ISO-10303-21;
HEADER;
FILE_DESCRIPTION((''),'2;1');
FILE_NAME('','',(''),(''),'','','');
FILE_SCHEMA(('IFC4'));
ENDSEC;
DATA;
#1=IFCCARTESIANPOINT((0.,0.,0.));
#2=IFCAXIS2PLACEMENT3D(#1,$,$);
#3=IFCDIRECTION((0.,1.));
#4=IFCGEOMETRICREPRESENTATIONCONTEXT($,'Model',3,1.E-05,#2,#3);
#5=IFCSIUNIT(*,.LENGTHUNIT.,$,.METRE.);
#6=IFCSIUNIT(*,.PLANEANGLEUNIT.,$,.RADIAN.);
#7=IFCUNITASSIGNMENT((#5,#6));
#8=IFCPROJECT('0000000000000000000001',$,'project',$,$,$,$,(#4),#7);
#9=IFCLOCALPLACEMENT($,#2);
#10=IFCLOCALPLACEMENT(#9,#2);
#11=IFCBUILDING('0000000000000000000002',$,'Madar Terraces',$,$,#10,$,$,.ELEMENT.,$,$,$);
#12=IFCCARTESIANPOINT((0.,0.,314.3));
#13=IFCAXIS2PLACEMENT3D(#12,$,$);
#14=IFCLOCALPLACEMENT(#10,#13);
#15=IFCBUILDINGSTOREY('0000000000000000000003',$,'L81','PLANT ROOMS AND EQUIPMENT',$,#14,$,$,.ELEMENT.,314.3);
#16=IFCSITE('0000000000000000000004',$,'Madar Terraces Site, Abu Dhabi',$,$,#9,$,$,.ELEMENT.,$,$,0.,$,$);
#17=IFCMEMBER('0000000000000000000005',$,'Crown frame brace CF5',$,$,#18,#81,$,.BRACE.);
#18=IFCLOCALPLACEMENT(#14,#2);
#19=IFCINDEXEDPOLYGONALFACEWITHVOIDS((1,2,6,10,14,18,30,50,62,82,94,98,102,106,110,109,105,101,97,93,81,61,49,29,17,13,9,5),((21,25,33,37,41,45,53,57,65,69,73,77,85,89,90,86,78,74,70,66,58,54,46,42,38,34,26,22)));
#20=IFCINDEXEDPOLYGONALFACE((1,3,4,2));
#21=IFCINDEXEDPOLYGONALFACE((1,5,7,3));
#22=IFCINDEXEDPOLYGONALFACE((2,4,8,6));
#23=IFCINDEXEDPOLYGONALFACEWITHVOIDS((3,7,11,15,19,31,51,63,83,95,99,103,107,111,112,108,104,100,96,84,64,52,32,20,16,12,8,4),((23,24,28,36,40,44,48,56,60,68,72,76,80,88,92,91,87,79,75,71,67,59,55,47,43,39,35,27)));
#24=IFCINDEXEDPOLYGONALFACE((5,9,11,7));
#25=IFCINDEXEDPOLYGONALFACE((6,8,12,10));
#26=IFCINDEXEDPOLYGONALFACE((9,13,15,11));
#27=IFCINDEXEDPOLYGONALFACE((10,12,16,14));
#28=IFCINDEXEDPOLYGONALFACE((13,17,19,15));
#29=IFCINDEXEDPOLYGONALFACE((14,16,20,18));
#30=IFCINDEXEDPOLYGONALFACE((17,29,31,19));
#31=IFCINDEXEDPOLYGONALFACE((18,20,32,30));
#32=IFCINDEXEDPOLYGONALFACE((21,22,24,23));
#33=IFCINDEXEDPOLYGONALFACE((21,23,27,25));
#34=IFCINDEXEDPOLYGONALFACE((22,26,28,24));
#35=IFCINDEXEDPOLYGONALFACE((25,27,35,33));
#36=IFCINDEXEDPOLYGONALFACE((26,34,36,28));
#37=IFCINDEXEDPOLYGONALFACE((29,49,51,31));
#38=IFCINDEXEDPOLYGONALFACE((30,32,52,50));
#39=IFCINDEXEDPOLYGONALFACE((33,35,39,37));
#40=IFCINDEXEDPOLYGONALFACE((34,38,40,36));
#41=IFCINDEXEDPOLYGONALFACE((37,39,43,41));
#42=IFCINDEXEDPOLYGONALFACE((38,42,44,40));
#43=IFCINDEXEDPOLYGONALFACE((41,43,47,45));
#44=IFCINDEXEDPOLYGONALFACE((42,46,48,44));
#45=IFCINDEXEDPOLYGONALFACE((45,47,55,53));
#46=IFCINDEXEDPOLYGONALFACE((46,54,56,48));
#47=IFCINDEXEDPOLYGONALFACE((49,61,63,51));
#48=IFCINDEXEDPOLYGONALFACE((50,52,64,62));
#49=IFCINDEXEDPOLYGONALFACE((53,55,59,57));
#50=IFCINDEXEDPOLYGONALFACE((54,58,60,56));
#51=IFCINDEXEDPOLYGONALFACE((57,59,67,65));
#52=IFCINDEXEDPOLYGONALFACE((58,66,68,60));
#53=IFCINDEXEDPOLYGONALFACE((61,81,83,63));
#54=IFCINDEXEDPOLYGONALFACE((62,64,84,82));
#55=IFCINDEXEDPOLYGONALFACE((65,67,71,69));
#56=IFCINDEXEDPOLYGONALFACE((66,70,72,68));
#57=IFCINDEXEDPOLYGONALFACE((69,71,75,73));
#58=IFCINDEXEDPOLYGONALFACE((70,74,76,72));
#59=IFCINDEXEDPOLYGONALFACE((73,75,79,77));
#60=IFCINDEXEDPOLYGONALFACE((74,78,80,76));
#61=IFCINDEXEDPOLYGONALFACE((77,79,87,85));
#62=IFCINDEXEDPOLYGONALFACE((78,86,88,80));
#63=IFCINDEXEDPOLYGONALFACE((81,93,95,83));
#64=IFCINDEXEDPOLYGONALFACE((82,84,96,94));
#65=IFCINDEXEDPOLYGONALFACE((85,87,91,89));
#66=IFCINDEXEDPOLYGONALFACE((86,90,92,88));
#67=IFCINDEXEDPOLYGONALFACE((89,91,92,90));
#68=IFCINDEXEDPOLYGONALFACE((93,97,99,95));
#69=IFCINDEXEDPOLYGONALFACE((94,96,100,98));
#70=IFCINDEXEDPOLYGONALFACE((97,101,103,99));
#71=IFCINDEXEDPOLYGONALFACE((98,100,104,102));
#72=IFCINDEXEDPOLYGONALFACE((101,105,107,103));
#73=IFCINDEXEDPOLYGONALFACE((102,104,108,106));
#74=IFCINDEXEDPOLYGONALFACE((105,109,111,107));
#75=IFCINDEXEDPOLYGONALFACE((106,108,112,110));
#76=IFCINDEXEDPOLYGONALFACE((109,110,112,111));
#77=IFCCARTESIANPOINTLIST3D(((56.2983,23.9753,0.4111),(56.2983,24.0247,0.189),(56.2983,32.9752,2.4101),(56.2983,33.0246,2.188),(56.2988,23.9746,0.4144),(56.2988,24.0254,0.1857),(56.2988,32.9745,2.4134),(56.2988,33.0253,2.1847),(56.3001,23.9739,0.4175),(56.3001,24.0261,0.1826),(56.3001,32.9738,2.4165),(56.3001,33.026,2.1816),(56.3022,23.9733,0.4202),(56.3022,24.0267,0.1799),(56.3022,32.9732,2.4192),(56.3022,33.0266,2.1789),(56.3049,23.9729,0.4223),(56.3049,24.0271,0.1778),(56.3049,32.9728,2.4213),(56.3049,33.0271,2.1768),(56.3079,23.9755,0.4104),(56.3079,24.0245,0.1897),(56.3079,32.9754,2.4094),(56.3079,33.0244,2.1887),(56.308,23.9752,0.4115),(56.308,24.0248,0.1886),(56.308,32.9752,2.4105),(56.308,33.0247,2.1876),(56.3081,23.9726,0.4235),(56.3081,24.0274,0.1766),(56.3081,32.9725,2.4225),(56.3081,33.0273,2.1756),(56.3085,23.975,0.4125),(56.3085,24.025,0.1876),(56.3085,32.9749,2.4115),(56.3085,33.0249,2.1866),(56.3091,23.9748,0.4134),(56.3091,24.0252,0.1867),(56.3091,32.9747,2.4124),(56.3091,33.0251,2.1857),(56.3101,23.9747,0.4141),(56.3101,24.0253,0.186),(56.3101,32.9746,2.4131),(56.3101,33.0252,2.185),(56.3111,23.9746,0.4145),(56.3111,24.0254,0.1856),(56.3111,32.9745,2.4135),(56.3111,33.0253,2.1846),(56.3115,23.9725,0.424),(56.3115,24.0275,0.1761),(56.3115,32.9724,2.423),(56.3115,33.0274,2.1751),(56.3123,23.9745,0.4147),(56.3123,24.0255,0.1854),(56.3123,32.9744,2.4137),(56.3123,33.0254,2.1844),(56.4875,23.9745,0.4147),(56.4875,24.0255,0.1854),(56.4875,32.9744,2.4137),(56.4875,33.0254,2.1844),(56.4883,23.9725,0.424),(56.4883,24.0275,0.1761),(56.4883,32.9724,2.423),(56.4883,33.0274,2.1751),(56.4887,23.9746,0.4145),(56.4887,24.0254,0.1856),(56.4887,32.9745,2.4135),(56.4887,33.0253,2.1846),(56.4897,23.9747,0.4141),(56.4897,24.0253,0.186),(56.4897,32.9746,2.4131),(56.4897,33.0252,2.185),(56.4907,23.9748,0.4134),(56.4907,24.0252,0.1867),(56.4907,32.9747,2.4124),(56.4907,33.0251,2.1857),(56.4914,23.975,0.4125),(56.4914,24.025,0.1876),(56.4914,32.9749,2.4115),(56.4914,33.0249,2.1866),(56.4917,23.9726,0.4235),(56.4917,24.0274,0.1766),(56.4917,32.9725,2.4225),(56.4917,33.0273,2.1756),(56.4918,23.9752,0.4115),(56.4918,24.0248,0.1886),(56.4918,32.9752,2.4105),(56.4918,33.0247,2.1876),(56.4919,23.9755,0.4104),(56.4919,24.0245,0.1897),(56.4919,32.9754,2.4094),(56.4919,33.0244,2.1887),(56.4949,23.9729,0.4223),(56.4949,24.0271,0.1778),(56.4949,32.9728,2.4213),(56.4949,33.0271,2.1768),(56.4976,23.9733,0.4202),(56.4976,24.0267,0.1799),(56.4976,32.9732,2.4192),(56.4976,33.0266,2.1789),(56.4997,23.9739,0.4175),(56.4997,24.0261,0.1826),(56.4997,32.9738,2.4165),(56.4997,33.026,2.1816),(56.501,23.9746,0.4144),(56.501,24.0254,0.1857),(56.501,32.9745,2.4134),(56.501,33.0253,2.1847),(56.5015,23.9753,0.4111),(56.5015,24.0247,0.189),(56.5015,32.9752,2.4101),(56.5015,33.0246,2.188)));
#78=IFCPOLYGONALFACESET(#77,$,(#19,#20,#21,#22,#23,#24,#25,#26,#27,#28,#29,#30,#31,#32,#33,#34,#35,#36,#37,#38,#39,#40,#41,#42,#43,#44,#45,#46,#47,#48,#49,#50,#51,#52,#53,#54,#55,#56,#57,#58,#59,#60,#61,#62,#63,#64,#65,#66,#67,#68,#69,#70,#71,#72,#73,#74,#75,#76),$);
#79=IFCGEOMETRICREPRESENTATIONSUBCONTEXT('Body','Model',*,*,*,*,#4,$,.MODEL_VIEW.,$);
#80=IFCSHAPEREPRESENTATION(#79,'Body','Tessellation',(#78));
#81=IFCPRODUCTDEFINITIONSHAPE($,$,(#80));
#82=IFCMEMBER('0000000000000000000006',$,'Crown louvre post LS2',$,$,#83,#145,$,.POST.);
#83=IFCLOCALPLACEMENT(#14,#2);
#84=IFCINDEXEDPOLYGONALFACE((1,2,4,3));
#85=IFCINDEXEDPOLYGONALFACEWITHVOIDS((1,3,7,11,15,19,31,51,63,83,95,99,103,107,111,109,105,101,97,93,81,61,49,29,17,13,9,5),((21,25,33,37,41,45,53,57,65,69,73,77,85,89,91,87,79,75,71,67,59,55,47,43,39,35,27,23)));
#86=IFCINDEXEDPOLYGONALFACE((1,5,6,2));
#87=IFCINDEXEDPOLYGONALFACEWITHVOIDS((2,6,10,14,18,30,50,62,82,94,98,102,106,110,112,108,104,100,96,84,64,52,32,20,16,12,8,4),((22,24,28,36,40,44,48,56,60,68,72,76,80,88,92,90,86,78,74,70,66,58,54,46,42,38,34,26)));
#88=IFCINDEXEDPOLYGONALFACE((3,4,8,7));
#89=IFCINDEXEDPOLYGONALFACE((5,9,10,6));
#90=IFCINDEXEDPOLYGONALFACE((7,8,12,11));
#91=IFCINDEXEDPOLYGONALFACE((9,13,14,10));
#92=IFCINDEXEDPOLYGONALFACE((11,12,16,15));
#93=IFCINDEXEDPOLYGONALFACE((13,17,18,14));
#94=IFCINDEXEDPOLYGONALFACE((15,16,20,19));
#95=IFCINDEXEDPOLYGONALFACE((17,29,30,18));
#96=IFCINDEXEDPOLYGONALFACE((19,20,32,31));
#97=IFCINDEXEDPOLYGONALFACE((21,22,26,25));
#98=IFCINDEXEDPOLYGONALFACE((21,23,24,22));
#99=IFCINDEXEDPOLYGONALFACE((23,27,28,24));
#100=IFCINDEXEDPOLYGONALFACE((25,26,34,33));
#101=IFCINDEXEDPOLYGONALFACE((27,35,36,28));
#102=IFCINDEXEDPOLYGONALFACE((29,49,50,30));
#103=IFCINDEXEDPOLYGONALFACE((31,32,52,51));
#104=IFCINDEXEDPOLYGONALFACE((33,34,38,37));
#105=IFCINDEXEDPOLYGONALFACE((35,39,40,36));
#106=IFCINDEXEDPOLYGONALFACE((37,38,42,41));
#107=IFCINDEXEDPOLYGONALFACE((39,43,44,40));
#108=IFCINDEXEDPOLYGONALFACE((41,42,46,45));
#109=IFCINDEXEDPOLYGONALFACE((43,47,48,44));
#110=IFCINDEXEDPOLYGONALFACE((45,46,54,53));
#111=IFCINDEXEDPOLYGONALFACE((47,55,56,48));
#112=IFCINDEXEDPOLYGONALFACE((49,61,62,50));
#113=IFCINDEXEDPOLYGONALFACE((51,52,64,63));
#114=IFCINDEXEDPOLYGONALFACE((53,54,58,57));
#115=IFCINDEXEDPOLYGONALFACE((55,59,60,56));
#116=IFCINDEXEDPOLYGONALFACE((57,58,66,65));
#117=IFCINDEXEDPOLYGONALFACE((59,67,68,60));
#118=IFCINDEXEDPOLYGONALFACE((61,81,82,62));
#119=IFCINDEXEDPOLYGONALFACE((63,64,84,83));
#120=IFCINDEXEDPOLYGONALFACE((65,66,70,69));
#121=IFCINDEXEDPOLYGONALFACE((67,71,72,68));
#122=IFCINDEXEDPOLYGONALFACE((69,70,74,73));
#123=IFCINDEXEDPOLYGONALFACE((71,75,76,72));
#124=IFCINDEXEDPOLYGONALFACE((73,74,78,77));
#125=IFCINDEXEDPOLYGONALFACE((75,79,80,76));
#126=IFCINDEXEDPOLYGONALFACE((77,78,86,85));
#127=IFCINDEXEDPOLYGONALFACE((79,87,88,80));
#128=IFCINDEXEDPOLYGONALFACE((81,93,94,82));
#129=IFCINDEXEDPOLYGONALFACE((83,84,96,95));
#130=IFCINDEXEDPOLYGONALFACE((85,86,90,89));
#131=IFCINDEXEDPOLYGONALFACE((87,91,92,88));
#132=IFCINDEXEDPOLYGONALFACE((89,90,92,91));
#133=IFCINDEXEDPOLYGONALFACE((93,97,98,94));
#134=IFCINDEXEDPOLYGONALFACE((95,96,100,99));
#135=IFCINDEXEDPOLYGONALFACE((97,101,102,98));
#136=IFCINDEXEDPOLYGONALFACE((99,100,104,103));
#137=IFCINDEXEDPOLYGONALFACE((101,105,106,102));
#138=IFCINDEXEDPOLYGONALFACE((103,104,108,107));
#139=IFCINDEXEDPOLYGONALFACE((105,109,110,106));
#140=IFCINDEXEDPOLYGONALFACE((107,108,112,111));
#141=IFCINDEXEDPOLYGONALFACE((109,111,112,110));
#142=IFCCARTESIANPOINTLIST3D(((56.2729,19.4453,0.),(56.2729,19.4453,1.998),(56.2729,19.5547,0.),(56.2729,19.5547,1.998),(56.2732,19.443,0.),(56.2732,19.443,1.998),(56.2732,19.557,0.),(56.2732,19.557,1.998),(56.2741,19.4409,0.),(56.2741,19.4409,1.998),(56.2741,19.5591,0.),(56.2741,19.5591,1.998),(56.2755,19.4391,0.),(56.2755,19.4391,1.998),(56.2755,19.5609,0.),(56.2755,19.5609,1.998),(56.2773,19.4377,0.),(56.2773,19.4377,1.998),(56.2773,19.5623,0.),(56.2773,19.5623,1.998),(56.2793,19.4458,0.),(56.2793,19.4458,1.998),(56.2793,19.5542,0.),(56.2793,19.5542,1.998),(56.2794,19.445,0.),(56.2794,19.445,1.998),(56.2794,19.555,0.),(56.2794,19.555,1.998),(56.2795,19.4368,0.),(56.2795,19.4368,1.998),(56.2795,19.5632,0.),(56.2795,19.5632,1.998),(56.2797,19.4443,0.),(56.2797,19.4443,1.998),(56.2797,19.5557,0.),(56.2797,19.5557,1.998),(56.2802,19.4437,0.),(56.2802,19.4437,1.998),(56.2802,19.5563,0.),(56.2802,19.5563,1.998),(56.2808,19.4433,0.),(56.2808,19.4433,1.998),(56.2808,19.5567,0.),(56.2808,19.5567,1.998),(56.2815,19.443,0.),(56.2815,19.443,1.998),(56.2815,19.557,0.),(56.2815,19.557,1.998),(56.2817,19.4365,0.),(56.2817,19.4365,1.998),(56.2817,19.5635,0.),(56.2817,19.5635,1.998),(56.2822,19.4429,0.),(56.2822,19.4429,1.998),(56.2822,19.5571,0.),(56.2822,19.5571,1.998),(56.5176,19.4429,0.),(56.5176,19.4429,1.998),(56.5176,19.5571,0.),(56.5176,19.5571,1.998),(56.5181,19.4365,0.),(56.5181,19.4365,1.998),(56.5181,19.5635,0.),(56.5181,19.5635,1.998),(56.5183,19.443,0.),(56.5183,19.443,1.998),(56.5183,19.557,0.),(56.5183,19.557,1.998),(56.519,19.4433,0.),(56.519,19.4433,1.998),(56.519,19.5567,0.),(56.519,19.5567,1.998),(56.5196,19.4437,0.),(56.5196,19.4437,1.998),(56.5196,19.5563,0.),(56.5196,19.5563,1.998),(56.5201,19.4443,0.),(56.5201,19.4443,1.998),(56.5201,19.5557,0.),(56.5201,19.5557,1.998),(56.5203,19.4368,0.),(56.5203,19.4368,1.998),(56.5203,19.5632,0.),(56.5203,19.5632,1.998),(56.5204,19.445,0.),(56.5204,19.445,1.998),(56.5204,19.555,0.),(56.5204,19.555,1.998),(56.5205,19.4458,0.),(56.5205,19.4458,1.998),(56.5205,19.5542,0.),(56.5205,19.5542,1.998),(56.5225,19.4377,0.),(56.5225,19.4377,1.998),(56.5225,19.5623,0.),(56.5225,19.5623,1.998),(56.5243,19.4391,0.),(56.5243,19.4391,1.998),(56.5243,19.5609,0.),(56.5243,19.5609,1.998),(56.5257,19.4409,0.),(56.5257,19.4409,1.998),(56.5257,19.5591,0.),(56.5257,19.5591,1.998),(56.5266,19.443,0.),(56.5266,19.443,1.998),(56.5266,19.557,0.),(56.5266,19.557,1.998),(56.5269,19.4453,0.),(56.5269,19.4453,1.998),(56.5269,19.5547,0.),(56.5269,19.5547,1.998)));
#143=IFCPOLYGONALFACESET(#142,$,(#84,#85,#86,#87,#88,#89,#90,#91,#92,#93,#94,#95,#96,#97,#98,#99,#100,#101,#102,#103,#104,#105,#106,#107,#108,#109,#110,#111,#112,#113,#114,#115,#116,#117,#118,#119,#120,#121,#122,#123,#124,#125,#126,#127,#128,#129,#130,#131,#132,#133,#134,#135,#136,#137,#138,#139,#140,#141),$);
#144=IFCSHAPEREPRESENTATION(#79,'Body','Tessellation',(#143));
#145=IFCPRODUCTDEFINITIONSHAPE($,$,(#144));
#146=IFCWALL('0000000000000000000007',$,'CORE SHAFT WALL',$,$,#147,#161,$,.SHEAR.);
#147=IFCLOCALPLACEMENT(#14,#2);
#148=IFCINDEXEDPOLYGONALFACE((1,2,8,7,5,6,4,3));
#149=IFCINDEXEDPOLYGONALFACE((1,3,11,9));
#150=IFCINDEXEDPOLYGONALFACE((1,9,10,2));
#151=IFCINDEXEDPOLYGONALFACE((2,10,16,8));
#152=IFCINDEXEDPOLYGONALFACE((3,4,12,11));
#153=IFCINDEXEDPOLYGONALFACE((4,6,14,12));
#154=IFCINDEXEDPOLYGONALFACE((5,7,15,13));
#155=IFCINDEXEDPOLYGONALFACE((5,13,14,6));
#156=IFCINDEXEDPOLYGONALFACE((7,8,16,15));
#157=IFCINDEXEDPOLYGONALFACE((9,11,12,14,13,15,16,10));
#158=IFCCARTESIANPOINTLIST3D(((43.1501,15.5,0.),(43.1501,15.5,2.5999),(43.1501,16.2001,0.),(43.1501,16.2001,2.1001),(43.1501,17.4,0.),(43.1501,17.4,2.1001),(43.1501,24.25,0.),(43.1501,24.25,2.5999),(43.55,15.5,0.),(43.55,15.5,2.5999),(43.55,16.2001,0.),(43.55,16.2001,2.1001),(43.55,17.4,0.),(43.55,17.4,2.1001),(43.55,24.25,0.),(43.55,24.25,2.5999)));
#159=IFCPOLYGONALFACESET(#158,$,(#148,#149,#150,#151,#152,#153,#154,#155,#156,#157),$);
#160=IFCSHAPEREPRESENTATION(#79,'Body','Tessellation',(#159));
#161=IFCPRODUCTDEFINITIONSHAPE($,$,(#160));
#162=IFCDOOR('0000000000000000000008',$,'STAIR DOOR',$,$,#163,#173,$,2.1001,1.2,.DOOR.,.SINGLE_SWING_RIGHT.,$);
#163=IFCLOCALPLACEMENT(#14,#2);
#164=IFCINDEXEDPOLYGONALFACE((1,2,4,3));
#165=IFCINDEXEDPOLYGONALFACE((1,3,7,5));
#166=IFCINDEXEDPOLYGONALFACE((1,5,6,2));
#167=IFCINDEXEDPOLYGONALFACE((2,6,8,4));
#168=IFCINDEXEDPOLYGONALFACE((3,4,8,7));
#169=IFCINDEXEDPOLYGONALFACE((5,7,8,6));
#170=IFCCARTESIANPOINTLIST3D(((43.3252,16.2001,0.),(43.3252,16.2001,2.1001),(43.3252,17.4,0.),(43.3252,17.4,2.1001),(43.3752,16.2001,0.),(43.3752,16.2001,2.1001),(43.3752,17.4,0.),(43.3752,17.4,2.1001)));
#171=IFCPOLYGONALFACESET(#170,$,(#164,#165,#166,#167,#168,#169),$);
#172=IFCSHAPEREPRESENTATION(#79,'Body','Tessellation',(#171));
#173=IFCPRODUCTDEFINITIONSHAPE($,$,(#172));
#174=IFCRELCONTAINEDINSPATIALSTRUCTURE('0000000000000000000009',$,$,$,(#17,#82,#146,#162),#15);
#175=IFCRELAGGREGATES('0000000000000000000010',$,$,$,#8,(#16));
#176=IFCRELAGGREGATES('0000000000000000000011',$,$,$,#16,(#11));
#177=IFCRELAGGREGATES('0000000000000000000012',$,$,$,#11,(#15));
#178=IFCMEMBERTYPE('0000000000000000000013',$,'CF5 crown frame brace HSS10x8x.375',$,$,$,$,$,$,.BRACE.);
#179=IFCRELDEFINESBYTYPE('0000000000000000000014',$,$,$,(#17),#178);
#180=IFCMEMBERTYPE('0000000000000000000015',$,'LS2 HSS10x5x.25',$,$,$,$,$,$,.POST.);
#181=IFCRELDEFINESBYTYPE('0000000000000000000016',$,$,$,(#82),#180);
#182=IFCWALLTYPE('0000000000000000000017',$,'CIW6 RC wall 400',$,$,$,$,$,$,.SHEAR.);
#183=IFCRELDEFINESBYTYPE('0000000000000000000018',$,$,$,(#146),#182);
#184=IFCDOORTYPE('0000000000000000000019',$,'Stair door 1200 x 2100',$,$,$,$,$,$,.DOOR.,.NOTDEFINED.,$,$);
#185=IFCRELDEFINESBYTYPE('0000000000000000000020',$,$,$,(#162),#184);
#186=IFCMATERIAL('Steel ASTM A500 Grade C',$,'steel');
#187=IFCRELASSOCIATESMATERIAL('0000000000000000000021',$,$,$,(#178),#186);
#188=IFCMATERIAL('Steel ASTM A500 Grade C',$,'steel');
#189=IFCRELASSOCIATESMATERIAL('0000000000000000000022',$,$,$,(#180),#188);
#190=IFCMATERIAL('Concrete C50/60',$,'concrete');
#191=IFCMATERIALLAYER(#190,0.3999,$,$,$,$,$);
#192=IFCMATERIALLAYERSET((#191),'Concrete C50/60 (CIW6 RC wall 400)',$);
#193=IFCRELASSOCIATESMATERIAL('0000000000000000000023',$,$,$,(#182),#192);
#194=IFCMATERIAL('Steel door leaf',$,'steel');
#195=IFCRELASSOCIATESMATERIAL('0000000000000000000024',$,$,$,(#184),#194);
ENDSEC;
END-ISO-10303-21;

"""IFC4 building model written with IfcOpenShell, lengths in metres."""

from ifc_helpers import new_model, si_unit, direction, frame, frame_2d, origin, origin_2d, place, context, subcontext, project, spatial, rectangle, hollow_rectangle, extrude, material, layer, layer_set, material_profile, profile_set, type_object, element, fill, save


model = new_model("IFC4")

# Units and contexts
model_context = context("Model", 3, precision=1e-05, world=origin(), true_north=direction((0.0, 1.0)))
body_context = subcontext(model_context, "Body", "Model", "MODEL_VIEW")
ifc_project = project(units=[si_unit("LENGTHUNIT", "METRE"), si_unit("PLANEANGLEUNIT", "RADIAN")], contexts=[model_context])

# Site, building, storey
site_placement = place(None, origin())
site = spatial("IfcSite", under=ifc_project, at=site_placement, Name="Madar Terraces Site, Abu Dhabi", CompositionType="ELEMENT", RefElevation=0.0)
building_placement = place(site_placement, origin())
building = spatial("IfcBuilding", under=site, at=building_placement, Name="Madar Terraces", CompositionType="ELEMENT")
storey_placement = place(building_placement, frame((0.0, 0.0, 314.3)))
storey = spatial("IfcBuildingStorey", under=building, at=storey_placement, Name="L81", Description="PLANT ROOMS AND EQUIPMENT", CompositionType="ELEMENT", Elevation=314.3)

# Members
ifc_material_1 = material(Name="Steel ASTM A500 Grade C", Category="steel")
ifc_material_profile_1 = material_profile(ifc_material_1, hollow_rectangle(XDim=0.2031, YDim=0.2539, WallThickness=0.0095, InnerFilletRadius=0.0044, OuterFilletRadius=0.0132, at=origin_2d()), Name="HSS10x8x.375")
ifc_profile_set_1 = profile_set([ifc_material_profile_1], Name="Steel ASTM A500 Grade C")
member_type_1 = type_object("IfcMemberType", Name="CF5 crown frame brace HSS10x8x.375", PredefinedType="BRACE", material=ifc_profile_set_1)
for number, where, z_axis, x_axis, name in (
    (1, (56.3999, 24.0, 0.3), (0.0, 0.976209, 0.21683), (-1.0, 0.0, 0.0), "Crown frame brace CF5"),
):
    element("IfcMember", number, at=place(storey_placement, frame(where, z_axis=z_axis, x_axis=x_axis)), inside=storey, type_object=member_type_1, Name=name, PredefinedType="BRACE", context=body_context, shape_type="SweptSolid", body=[
        extrude(hollow_rectangle(XDim=0.2031, YDim=0.2539, WallThickness=0.0095, InnerFilletRadius=0.0044, OuterFilletRadius=0.0132, at=origin_2d()), origin(), (0.0, 0.0, 1.0), 9.2192),
    ])
ifc_material_2 = material(Name="Steel ASTM A500 Grade C", Category="steel")
ifc_material_profile_2 = material_profile(ifc_material_2, hollow_rectangle(XDim=0.127, YDim=0.2539, WallThickness=0.0063, InnerFilletRadius=0.0029, OuterFilletRadius=0.0088, at=origin_2d()), Name="HSS10x5x.25")
ifc_profile_set_2 = profile_set([ifc_material_profile_2], Name="Steel ASTM A500 Grade C")
member_type_2 = type_object("IfcMemberType", Name="LS2 HSS10x5x.25", PredefinedType="POST", material=ifc_profile_set_2)
member_placement = place(storey_placement, frame((56.3999, 19.5, 0.0), z_axis=(0.0, 0.0, 1.0), x_axis=(0.0, 1.0, 0.0)))
element("IfcMember", 2, at=member_placement, inside=storey, type_object=member_type_2, Name="Crown louvre post LS2", PredefinedType="POST", context=body_context, shape_type="SweptSolid", body=[
    extrude(hollow_rectangle(XDim=0.127, YDim=0.2539, WallThickness=0.0063, InnerFilletRadius=0.0029, OuterFilletRadius=0.0088, at=origin_2d()), origin(), (0.0, 0.0, 1.0), 1.998),
])

# Wall, opening, door
ifc_material_3 = material(Name="Concrete C50/60", Category="concrete")
ifc_layer_1 = layer(ifc_material_3, 0.3999)
ifc_layer_set_1 = layer_set([ifc_layer_1], Name="Concrete C50/60 (CIW6 RC wall 400)")
wall_type_1 = type_object("IfcWallType", Name="CIW6 RC wall 400", PredefinedType="SHEAR", material=ifc_layer_set_1)
wall_1_placement = place(storey_placement, frame((43.3501, 15.5, 0.0), z_axis=(0.0, 0.0, 1.0), x_axis=(0.0, 1.0, 0.0)))
wall_1 = element("IfcWall", 3, at=wall_1_placement, inside=storey, type_object=wall_type_1, Name="CORE SHAFT WALL", PredefinedType="SHEAR", context=body_context, shape_type="SweptSolid", body=[
    extrude(rectangle(XDim=8.75, YDim=0.3999, at=frame_2d((4.375, 0.0))), origin(), (0.0, 0.0, 1.0), 2.5999),
])
opening_1_placement = place(wall_1_placement, frame((0.7, 0.0, 0.0)))
opening_1 = element("IfcOpeningElement", 4, at=opening_1_placement, cuts=wall_1, PredefinedType="OPENING", context=body_context, shape_type="SweptSolid", body=[
    extrude(rectangle(XDim=1.2, YDim=2.1001, at=frame_2d((0.6001, 1.05))), frame((0.0, 0.21, 0.0), z_axis=(0.0, -1.0, 0.0), x_axis=(1.0, 0.0, 0.0)), (0.0, 0.0, 1.0), 0.4199),
])
ifc_material_4 = material(Name="Steel door leaf", Category="steel")
door_type_1 = type_object("IfcDoorType", Name="Stair door 1200 x 2100", OperationType="NOTDEFINED", PredefinedType="DOOR", material=ifc_material_4)
door_1_placement = place(opening_1_placement, origin())
door_1 = element("IfcDoor", 5, at=door_1_placement, inside=storey, type_object=door_type_1, Name="STAIR DOOR", OperationType="SINGLE_SWING_RIGHT", OverallHeight=2.1001, OverallWidth=1.2, PredefinedType="DOOR", context=body_context, shape_type="SweptSolid", body=[
    extrude(rectangle(XDim=1.2, YDim=2.1001, at=frame_2d((0.6001, 1.05))), frame((0.0, 0.0249, 0.0), z_axis=(0.0, -1.0, 0.0), x_axis=(1.0, 0.0, 0.0)), (0.0, 0.0, 1.0), 0.05),
])
fill(opening_1, door_1)

save(model, "model.ifc")
